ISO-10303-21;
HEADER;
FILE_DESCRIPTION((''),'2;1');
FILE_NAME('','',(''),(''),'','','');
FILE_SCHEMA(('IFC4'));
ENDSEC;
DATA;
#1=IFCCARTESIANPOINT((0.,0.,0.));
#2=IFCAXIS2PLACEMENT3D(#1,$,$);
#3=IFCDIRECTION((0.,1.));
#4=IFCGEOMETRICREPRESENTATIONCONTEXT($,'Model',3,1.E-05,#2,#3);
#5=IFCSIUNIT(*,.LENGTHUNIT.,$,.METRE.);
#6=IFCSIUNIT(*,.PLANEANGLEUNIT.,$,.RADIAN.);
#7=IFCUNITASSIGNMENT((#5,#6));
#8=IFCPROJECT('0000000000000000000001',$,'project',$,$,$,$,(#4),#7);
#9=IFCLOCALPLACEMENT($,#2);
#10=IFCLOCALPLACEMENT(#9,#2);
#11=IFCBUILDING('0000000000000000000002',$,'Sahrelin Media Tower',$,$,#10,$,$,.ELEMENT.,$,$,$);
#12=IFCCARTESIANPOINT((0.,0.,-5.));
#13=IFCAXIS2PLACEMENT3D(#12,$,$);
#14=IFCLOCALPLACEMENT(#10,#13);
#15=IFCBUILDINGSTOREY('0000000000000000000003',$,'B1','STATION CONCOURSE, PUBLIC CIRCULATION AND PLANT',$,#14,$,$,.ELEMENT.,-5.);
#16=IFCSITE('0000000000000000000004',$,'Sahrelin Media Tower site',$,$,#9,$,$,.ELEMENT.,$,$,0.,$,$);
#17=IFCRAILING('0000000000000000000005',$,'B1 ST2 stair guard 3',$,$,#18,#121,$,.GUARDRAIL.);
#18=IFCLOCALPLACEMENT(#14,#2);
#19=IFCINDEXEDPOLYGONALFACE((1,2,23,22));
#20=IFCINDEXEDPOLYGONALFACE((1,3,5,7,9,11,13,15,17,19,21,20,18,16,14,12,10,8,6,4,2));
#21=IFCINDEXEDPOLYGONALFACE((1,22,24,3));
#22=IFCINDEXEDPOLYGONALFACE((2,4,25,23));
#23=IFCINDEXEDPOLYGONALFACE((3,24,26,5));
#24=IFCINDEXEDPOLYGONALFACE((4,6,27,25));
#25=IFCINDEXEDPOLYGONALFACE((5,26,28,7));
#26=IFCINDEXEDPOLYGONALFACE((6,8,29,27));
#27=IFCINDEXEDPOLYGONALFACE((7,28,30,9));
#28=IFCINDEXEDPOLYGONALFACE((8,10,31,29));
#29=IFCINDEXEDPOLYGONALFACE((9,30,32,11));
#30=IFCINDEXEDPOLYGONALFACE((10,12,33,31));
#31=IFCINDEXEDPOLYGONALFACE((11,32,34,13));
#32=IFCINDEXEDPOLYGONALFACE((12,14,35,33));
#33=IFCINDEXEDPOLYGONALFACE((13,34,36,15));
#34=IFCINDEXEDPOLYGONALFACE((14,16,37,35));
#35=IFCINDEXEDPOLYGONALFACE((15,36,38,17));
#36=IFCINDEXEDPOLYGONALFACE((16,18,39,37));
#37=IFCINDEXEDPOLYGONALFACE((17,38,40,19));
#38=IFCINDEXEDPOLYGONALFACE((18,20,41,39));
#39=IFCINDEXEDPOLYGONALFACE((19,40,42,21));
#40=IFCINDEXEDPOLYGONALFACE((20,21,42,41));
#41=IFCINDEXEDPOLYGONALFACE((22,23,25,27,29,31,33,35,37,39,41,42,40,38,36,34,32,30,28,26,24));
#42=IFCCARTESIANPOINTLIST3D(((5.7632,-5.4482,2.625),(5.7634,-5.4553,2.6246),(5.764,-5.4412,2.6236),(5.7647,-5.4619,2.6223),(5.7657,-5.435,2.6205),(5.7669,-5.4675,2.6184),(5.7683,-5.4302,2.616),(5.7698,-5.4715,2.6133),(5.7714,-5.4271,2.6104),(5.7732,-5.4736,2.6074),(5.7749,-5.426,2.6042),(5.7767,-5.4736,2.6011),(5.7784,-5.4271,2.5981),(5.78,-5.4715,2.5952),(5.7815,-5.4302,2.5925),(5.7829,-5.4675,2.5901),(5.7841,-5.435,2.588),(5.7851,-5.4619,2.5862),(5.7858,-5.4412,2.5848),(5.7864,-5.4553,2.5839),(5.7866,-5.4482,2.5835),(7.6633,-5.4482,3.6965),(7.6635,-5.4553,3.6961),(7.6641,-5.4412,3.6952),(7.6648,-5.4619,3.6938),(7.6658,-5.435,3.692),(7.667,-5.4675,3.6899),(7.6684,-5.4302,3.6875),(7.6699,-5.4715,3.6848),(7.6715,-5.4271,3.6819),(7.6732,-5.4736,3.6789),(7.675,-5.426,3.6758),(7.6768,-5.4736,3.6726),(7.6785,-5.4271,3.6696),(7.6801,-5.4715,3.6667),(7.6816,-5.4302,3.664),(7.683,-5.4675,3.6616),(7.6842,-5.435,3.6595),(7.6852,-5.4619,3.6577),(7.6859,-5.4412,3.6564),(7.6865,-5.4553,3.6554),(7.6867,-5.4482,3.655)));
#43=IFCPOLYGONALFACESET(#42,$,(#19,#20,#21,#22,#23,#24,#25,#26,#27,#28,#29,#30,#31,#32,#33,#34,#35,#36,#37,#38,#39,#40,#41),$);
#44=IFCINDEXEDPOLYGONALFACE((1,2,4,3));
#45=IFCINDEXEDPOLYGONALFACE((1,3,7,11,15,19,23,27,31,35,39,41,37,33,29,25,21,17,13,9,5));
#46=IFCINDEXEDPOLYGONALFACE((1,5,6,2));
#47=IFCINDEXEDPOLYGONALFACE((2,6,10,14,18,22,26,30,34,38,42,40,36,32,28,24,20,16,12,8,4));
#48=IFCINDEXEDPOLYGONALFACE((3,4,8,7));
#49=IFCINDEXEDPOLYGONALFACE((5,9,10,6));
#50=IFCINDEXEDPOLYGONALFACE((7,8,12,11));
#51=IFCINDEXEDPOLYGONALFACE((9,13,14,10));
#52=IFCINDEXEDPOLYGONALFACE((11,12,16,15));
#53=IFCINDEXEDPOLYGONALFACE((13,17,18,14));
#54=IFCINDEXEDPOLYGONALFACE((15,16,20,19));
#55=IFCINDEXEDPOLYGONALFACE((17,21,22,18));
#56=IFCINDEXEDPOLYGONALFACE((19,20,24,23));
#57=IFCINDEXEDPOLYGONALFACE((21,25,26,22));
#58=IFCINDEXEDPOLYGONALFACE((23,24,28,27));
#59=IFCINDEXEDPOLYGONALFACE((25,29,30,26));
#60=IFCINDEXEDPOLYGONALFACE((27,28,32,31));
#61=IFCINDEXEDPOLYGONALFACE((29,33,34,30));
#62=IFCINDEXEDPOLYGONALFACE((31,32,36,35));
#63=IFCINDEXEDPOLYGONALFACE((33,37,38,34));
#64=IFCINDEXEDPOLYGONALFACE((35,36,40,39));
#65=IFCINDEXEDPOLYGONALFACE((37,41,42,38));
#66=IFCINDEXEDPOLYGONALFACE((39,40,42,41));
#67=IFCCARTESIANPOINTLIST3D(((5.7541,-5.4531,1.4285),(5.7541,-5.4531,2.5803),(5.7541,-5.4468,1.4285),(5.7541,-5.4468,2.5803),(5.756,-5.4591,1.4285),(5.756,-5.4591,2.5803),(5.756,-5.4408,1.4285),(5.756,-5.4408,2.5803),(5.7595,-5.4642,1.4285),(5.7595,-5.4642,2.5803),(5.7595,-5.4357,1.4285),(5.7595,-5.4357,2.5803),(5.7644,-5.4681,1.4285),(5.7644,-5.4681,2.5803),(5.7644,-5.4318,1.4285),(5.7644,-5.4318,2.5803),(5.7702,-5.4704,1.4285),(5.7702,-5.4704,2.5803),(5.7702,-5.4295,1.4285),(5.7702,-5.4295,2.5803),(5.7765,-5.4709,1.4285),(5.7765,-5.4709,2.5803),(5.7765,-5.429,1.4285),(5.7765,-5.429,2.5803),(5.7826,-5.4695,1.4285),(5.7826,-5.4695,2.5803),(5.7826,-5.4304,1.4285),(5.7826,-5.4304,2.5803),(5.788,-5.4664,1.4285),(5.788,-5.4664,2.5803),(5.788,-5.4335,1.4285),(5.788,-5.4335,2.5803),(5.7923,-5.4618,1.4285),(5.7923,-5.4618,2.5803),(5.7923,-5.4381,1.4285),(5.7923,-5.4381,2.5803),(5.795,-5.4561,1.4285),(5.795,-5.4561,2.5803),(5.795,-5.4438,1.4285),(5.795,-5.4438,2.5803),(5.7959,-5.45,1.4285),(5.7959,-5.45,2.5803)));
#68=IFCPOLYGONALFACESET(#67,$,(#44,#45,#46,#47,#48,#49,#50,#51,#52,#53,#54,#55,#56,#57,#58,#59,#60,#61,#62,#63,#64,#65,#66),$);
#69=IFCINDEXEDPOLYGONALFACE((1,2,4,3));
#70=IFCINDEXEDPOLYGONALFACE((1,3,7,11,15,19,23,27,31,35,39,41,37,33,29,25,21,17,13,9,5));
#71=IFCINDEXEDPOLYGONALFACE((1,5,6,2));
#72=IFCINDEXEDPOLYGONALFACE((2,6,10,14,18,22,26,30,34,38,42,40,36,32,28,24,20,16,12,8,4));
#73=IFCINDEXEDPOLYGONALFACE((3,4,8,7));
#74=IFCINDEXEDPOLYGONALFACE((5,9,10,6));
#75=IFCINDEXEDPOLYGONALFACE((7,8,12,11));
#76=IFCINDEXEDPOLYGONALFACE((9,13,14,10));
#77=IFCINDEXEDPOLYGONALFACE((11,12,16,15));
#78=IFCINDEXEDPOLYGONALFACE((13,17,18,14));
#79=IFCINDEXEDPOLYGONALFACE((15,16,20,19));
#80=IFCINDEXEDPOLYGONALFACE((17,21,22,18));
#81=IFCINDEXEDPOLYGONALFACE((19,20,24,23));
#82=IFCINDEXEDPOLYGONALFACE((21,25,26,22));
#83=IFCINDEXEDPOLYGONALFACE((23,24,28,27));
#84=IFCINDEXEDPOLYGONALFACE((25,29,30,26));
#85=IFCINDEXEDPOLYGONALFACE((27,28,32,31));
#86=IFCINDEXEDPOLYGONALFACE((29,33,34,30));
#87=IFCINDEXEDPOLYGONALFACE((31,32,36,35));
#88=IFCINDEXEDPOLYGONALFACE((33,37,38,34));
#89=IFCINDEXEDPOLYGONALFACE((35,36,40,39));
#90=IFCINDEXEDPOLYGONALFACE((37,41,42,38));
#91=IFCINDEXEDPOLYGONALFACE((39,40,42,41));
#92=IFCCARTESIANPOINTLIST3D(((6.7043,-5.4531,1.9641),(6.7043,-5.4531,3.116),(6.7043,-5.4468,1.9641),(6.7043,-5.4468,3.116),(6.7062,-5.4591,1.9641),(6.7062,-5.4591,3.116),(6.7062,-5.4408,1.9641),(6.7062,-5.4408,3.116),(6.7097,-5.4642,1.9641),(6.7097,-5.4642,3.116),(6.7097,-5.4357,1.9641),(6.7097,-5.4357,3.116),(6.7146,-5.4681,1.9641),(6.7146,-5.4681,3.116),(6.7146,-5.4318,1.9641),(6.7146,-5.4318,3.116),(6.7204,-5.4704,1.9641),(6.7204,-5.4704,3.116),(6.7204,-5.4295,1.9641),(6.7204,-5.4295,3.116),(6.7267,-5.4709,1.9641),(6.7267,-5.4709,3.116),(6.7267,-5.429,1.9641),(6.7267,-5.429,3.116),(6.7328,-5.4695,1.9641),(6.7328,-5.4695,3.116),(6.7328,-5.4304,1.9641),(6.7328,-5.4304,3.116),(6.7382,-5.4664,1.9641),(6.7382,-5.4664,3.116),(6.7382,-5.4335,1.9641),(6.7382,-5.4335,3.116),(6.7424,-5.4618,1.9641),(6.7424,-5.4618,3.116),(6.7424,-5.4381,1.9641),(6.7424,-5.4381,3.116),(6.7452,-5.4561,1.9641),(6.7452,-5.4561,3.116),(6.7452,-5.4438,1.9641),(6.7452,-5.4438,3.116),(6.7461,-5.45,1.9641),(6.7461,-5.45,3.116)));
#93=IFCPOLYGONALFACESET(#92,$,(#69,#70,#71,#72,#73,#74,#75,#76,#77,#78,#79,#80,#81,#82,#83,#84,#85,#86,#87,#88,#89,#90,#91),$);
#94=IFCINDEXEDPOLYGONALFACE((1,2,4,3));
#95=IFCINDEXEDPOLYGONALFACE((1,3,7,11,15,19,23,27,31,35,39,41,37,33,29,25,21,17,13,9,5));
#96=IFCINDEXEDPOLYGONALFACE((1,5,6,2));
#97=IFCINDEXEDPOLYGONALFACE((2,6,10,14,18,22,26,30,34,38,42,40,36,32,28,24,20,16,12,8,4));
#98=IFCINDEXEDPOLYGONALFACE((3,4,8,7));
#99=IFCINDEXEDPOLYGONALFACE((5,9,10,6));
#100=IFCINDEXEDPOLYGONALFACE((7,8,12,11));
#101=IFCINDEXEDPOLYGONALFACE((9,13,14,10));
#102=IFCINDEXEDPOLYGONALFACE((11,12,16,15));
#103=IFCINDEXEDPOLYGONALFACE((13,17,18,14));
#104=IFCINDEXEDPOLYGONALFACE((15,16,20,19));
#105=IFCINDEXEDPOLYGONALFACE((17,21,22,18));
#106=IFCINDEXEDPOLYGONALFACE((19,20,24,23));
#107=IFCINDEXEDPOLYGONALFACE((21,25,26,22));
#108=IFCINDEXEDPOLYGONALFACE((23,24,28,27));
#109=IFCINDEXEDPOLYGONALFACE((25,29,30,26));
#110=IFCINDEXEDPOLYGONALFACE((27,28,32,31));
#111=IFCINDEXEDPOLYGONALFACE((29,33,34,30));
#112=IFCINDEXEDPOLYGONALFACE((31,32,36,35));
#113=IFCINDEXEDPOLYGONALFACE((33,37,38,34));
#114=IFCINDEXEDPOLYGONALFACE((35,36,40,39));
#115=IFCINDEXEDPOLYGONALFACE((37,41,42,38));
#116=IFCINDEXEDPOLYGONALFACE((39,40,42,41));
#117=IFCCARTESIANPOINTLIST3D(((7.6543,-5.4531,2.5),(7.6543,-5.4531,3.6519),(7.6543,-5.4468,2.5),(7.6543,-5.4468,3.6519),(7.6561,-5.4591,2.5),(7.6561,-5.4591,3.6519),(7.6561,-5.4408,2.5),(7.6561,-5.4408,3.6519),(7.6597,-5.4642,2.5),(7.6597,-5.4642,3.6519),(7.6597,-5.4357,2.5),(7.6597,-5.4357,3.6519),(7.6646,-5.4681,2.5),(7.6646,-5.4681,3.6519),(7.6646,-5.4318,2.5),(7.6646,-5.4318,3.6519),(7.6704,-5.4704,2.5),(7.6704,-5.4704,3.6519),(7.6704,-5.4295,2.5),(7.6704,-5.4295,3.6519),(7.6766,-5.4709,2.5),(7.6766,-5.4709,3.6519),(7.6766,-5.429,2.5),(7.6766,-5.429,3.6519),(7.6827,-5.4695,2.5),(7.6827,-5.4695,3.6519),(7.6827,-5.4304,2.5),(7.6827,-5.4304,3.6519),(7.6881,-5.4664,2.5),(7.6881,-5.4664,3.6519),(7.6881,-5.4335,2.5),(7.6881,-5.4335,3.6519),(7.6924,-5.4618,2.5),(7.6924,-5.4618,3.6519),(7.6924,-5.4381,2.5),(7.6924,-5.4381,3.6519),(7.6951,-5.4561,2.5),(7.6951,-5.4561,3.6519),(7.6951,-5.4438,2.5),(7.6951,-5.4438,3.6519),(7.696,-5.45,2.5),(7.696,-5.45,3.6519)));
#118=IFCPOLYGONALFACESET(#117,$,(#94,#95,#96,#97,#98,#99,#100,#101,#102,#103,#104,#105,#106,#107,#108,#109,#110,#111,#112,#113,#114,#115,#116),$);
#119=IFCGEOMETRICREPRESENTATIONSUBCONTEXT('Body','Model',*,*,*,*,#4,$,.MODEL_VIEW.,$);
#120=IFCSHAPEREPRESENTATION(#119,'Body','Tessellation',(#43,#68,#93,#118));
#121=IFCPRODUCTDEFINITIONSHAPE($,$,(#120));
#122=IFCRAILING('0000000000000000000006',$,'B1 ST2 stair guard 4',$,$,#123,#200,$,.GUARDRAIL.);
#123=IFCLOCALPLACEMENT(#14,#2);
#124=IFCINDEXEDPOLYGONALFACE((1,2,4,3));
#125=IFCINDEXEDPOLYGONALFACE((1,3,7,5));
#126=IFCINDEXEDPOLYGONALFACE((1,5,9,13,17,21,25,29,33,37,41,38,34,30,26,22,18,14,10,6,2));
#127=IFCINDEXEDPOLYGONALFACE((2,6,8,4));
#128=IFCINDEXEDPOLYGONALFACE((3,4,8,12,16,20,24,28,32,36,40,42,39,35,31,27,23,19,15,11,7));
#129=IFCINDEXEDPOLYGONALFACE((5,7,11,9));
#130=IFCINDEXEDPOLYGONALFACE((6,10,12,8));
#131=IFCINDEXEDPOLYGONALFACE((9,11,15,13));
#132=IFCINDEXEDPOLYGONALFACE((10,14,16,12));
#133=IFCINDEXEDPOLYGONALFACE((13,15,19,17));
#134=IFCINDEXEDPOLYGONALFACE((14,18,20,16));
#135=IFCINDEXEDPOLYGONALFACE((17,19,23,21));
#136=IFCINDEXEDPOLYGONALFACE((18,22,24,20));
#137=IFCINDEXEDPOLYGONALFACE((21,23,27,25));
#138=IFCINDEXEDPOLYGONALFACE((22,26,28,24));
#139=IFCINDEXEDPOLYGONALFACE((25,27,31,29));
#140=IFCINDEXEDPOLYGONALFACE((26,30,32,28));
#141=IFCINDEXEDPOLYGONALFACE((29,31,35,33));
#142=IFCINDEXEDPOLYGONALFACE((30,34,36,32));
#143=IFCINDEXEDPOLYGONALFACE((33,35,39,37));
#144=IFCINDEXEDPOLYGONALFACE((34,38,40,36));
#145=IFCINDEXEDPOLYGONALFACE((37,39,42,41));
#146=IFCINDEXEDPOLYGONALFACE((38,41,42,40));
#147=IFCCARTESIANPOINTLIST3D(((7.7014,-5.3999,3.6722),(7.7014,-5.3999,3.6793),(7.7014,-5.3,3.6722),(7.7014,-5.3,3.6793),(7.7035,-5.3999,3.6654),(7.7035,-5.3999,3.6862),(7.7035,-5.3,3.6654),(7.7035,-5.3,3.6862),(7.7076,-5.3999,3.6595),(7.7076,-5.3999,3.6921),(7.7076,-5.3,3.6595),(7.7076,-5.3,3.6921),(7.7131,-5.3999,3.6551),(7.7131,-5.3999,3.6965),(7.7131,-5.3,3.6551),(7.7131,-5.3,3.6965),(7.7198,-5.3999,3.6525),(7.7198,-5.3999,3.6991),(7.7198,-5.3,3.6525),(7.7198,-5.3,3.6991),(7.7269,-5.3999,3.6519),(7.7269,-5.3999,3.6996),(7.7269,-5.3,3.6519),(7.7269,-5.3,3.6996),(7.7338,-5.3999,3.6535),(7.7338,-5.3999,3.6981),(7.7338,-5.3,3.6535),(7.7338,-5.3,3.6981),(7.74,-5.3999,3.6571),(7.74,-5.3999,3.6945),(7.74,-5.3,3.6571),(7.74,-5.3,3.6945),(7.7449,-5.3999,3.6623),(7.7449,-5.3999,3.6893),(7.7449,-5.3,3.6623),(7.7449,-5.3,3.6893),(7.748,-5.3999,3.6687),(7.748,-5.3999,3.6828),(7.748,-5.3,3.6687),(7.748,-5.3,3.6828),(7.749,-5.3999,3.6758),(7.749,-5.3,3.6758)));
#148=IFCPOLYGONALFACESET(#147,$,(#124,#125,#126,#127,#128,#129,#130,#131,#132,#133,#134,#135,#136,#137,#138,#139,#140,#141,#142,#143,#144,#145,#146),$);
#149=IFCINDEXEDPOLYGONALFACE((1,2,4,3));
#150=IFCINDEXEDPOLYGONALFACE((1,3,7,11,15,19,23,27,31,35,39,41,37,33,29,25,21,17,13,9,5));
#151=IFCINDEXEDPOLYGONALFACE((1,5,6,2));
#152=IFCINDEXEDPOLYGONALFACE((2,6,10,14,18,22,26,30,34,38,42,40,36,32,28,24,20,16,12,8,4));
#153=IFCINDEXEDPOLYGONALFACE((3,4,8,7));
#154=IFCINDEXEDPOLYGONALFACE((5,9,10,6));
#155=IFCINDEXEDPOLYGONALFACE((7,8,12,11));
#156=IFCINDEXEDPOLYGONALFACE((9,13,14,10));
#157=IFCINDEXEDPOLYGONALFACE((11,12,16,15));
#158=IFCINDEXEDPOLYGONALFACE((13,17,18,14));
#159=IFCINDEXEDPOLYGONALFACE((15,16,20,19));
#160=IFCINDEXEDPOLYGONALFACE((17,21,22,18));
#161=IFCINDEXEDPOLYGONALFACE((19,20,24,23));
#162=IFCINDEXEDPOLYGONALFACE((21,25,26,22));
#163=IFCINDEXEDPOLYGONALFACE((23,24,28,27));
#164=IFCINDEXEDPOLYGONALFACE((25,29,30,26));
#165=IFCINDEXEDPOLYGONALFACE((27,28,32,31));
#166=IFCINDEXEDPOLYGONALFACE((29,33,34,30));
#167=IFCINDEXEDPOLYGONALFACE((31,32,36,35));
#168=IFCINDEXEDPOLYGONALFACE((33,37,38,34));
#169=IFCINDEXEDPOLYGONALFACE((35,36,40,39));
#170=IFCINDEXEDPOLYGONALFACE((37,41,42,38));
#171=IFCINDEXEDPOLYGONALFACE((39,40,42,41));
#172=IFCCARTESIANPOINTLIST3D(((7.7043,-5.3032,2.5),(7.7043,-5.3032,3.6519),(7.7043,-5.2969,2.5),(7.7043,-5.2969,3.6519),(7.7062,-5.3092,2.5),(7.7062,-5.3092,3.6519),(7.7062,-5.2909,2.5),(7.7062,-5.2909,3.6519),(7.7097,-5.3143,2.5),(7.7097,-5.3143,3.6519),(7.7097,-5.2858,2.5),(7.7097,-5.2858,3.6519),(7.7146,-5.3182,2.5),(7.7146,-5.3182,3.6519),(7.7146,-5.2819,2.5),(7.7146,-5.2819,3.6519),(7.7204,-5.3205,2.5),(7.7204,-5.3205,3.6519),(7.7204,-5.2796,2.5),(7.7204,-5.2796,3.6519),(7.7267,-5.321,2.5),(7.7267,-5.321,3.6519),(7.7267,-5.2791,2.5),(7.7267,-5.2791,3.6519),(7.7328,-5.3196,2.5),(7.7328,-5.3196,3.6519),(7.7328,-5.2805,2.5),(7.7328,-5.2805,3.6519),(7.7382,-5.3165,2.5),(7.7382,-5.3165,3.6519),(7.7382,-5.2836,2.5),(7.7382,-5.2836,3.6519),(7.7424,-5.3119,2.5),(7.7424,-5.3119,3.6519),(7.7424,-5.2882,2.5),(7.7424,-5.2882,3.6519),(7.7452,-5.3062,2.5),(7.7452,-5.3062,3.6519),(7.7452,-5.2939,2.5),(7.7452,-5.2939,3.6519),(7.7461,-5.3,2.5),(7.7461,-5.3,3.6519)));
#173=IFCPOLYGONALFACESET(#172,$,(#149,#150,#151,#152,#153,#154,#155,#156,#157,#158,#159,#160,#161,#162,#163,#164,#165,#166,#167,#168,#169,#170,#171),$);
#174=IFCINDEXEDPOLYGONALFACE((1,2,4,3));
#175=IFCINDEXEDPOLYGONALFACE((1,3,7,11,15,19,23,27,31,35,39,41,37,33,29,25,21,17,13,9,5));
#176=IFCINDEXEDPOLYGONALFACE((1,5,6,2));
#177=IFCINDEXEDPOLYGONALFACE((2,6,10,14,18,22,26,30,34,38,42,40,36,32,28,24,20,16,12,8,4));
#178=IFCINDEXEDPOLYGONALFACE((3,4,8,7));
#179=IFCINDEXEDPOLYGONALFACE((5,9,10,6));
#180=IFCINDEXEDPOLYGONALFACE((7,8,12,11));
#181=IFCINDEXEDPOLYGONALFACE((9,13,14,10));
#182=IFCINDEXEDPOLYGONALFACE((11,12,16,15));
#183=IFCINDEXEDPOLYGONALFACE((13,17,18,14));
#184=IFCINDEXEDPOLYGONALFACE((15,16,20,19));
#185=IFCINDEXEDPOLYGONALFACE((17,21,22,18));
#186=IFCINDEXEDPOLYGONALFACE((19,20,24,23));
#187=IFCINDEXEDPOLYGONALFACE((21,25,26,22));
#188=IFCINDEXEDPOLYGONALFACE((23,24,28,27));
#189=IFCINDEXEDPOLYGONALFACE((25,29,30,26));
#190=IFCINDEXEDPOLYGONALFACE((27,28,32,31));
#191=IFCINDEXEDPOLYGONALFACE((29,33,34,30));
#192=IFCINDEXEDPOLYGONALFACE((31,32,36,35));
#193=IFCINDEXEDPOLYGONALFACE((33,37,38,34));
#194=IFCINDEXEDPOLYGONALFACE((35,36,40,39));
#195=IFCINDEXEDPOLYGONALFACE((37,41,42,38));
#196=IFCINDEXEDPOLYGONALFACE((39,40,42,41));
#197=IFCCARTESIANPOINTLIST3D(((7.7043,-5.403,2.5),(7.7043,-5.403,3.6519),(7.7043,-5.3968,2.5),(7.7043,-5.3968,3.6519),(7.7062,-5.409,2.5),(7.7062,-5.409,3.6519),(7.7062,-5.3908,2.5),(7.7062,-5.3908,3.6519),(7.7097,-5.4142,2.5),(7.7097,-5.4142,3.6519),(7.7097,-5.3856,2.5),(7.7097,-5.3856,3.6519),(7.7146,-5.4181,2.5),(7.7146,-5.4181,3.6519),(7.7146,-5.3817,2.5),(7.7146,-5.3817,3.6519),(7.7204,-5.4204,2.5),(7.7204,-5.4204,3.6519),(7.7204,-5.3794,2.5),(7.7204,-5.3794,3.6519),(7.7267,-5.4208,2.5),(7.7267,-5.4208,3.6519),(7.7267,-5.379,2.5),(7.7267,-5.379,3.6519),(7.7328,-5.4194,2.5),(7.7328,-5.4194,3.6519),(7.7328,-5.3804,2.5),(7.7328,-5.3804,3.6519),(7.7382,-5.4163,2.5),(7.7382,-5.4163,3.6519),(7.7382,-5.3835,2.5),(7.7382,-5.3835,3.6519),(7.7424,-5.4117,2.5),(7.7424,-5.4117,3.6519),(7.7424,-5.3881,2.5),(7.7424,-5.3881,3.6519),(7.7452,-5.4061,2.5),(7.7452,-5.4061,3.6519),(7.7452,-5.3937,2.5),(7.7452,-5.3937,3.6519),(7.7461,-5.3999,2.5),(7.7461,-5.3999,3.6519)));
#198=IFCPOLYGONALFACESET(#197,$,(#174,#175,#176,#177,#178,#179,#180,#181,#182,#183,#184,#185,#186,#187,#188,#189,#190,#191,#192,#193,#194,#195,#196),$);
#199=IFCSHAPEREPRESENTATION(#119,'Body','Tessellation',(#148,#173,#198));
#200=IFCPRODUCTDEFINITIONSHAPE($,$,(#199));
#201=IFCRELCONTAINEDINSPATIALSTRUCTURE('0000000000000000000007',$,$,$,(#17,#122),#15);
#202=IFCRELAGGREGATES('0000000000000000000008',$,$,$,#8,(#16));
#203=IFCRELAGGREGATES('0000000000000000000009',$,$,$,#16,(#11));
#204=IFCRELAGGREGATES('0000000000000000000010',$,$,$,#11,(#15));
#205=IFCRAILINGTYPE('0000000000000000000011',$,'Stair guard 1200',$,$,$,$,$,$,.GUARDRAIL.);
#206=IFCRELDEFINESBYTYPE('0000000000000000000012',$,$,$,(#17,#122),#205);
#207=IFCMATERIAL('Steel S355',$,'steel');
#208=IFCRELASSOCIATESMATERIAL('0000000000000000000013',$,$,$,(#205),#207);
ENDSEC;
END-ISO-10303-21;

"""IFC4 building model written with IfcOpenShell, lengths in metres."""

from ifc_helpers import new_model, si_unit, direction, frame, origin, origin_2d, place, context, subcontext, project, spatial, circle, extrude, material, type_object, element, save


model = new_model("IFC4")

# Units and contexts
model_context = context("Model", 3, precision=1e-05, world=origin(), true_north=direction((0.0, 1.0)))
body_context = subcontext(model_context, "Body", "Model", "MODEL_VIEW")
ifc_project = project(units=[si_unit("LENGTHUNIT", "METRE"), si_unit("PLANEANGLEUNIT", "RADIAN")], contexts=[model_context])

# Site, building, storey
site_placement = place(None, origin())
site = spatial("IfcSite", under=ifc_project, at=site_placement, Name="Sahrelin Media Tower site", CompositionType="ELEMENT", RefElevation=0.0)
building_placement = place(site_placement, origin())
building = spatial("IfcBuilding", under=site, at=building_placement, Name="Sahrelin Media Tower", CompositionType="ELEMENT")
storey_placement = place(building_placement, frame((0.0, 0.0, -5.0)))
storey = spatial("IfcBuildingStorey", under=building, at=storey_placement, Name="B1", Description="STATION CONCOURSE, PUBLIC CIRCULATION AND PLANT", CompositionType="ELEMENT", Elevation=-5.0)

# Railings
ifc_material_1 = material(Name="Steel S355", Category="steel")
railing_type_1 = type_object("IfcRailingType", Name="Stair guard 1200", PredefinedType="GUARDRAIL", material=ifc_material_1)
railing_1_placement = place(storey_placement, frame((5.7749, -5.45, 1.4285)))
element("IfcRailing", 1, at=railing_1_placement, inside=storey, type_object=railing_type_1, Name="B1 ST2 stair guard 3", PredefinedType="GUARDRAIL", context=body_context, shape_type="SweptSolid", body=[
    extrude(circle(Radius=0.0239, at=origin_2d()), frame((0.0, 0.0, 1.1758), z_axis=(0.871046, 0.0, 0.491201), x_axis=(0.0, 1.0, 0.0)), (0.0, 0.0, 1.0), 2.1814),
    extrude(circle(Radius=0.021, at=origin_2d()), origin(), (0.0, 0.0, 1.0), 1.1519),
    extrude(circle(Radius=0.021, at=origin_2d()), frame((0.9502, 0.0, 0.5356)), (0.0, 0.0, 1.0), 1.1519),
    extrude(circle(Radius=0.021, at=origin_2d()), frame((1.9001, 0.0, 1.0715)), (0.0, 0.0, 1.0), 1.1519),
])
for number, where, name in (
    (2, (7.7251, -5.3, 2.5), "B1 ST2 stair guard 4"),
):
    element("IfcRailing", number, at=place(storey_placement, frame(where)), inside=storey, type_object=railing_type_1, Name=name, PredefinedType="GUARDRAIL", context=body_context, shape_type="SweptSolid", body=[
        extrude(circle(Radius=0.0239, at=origin_2d()), frame((0.0, 0.0, 1.1758), z_axis=(0.0, -1.0, 0.0), x_axis=(1.0, 0.0, 0.0)), (0.0, 0.0, 1.0), 0.0999),
        extrude(circle(Radius=0.021, at=origin_2d()), origin(), (0.0, 0.0, 1.0), 1.1519),
        extrude(circle(Radius=0.021, at=origin_2d()), frame((0.0, -0.0999, 0.0)), (0.0, 0.0, 1.0), 1.1519),
    ])

save(model, "model.ifc")
